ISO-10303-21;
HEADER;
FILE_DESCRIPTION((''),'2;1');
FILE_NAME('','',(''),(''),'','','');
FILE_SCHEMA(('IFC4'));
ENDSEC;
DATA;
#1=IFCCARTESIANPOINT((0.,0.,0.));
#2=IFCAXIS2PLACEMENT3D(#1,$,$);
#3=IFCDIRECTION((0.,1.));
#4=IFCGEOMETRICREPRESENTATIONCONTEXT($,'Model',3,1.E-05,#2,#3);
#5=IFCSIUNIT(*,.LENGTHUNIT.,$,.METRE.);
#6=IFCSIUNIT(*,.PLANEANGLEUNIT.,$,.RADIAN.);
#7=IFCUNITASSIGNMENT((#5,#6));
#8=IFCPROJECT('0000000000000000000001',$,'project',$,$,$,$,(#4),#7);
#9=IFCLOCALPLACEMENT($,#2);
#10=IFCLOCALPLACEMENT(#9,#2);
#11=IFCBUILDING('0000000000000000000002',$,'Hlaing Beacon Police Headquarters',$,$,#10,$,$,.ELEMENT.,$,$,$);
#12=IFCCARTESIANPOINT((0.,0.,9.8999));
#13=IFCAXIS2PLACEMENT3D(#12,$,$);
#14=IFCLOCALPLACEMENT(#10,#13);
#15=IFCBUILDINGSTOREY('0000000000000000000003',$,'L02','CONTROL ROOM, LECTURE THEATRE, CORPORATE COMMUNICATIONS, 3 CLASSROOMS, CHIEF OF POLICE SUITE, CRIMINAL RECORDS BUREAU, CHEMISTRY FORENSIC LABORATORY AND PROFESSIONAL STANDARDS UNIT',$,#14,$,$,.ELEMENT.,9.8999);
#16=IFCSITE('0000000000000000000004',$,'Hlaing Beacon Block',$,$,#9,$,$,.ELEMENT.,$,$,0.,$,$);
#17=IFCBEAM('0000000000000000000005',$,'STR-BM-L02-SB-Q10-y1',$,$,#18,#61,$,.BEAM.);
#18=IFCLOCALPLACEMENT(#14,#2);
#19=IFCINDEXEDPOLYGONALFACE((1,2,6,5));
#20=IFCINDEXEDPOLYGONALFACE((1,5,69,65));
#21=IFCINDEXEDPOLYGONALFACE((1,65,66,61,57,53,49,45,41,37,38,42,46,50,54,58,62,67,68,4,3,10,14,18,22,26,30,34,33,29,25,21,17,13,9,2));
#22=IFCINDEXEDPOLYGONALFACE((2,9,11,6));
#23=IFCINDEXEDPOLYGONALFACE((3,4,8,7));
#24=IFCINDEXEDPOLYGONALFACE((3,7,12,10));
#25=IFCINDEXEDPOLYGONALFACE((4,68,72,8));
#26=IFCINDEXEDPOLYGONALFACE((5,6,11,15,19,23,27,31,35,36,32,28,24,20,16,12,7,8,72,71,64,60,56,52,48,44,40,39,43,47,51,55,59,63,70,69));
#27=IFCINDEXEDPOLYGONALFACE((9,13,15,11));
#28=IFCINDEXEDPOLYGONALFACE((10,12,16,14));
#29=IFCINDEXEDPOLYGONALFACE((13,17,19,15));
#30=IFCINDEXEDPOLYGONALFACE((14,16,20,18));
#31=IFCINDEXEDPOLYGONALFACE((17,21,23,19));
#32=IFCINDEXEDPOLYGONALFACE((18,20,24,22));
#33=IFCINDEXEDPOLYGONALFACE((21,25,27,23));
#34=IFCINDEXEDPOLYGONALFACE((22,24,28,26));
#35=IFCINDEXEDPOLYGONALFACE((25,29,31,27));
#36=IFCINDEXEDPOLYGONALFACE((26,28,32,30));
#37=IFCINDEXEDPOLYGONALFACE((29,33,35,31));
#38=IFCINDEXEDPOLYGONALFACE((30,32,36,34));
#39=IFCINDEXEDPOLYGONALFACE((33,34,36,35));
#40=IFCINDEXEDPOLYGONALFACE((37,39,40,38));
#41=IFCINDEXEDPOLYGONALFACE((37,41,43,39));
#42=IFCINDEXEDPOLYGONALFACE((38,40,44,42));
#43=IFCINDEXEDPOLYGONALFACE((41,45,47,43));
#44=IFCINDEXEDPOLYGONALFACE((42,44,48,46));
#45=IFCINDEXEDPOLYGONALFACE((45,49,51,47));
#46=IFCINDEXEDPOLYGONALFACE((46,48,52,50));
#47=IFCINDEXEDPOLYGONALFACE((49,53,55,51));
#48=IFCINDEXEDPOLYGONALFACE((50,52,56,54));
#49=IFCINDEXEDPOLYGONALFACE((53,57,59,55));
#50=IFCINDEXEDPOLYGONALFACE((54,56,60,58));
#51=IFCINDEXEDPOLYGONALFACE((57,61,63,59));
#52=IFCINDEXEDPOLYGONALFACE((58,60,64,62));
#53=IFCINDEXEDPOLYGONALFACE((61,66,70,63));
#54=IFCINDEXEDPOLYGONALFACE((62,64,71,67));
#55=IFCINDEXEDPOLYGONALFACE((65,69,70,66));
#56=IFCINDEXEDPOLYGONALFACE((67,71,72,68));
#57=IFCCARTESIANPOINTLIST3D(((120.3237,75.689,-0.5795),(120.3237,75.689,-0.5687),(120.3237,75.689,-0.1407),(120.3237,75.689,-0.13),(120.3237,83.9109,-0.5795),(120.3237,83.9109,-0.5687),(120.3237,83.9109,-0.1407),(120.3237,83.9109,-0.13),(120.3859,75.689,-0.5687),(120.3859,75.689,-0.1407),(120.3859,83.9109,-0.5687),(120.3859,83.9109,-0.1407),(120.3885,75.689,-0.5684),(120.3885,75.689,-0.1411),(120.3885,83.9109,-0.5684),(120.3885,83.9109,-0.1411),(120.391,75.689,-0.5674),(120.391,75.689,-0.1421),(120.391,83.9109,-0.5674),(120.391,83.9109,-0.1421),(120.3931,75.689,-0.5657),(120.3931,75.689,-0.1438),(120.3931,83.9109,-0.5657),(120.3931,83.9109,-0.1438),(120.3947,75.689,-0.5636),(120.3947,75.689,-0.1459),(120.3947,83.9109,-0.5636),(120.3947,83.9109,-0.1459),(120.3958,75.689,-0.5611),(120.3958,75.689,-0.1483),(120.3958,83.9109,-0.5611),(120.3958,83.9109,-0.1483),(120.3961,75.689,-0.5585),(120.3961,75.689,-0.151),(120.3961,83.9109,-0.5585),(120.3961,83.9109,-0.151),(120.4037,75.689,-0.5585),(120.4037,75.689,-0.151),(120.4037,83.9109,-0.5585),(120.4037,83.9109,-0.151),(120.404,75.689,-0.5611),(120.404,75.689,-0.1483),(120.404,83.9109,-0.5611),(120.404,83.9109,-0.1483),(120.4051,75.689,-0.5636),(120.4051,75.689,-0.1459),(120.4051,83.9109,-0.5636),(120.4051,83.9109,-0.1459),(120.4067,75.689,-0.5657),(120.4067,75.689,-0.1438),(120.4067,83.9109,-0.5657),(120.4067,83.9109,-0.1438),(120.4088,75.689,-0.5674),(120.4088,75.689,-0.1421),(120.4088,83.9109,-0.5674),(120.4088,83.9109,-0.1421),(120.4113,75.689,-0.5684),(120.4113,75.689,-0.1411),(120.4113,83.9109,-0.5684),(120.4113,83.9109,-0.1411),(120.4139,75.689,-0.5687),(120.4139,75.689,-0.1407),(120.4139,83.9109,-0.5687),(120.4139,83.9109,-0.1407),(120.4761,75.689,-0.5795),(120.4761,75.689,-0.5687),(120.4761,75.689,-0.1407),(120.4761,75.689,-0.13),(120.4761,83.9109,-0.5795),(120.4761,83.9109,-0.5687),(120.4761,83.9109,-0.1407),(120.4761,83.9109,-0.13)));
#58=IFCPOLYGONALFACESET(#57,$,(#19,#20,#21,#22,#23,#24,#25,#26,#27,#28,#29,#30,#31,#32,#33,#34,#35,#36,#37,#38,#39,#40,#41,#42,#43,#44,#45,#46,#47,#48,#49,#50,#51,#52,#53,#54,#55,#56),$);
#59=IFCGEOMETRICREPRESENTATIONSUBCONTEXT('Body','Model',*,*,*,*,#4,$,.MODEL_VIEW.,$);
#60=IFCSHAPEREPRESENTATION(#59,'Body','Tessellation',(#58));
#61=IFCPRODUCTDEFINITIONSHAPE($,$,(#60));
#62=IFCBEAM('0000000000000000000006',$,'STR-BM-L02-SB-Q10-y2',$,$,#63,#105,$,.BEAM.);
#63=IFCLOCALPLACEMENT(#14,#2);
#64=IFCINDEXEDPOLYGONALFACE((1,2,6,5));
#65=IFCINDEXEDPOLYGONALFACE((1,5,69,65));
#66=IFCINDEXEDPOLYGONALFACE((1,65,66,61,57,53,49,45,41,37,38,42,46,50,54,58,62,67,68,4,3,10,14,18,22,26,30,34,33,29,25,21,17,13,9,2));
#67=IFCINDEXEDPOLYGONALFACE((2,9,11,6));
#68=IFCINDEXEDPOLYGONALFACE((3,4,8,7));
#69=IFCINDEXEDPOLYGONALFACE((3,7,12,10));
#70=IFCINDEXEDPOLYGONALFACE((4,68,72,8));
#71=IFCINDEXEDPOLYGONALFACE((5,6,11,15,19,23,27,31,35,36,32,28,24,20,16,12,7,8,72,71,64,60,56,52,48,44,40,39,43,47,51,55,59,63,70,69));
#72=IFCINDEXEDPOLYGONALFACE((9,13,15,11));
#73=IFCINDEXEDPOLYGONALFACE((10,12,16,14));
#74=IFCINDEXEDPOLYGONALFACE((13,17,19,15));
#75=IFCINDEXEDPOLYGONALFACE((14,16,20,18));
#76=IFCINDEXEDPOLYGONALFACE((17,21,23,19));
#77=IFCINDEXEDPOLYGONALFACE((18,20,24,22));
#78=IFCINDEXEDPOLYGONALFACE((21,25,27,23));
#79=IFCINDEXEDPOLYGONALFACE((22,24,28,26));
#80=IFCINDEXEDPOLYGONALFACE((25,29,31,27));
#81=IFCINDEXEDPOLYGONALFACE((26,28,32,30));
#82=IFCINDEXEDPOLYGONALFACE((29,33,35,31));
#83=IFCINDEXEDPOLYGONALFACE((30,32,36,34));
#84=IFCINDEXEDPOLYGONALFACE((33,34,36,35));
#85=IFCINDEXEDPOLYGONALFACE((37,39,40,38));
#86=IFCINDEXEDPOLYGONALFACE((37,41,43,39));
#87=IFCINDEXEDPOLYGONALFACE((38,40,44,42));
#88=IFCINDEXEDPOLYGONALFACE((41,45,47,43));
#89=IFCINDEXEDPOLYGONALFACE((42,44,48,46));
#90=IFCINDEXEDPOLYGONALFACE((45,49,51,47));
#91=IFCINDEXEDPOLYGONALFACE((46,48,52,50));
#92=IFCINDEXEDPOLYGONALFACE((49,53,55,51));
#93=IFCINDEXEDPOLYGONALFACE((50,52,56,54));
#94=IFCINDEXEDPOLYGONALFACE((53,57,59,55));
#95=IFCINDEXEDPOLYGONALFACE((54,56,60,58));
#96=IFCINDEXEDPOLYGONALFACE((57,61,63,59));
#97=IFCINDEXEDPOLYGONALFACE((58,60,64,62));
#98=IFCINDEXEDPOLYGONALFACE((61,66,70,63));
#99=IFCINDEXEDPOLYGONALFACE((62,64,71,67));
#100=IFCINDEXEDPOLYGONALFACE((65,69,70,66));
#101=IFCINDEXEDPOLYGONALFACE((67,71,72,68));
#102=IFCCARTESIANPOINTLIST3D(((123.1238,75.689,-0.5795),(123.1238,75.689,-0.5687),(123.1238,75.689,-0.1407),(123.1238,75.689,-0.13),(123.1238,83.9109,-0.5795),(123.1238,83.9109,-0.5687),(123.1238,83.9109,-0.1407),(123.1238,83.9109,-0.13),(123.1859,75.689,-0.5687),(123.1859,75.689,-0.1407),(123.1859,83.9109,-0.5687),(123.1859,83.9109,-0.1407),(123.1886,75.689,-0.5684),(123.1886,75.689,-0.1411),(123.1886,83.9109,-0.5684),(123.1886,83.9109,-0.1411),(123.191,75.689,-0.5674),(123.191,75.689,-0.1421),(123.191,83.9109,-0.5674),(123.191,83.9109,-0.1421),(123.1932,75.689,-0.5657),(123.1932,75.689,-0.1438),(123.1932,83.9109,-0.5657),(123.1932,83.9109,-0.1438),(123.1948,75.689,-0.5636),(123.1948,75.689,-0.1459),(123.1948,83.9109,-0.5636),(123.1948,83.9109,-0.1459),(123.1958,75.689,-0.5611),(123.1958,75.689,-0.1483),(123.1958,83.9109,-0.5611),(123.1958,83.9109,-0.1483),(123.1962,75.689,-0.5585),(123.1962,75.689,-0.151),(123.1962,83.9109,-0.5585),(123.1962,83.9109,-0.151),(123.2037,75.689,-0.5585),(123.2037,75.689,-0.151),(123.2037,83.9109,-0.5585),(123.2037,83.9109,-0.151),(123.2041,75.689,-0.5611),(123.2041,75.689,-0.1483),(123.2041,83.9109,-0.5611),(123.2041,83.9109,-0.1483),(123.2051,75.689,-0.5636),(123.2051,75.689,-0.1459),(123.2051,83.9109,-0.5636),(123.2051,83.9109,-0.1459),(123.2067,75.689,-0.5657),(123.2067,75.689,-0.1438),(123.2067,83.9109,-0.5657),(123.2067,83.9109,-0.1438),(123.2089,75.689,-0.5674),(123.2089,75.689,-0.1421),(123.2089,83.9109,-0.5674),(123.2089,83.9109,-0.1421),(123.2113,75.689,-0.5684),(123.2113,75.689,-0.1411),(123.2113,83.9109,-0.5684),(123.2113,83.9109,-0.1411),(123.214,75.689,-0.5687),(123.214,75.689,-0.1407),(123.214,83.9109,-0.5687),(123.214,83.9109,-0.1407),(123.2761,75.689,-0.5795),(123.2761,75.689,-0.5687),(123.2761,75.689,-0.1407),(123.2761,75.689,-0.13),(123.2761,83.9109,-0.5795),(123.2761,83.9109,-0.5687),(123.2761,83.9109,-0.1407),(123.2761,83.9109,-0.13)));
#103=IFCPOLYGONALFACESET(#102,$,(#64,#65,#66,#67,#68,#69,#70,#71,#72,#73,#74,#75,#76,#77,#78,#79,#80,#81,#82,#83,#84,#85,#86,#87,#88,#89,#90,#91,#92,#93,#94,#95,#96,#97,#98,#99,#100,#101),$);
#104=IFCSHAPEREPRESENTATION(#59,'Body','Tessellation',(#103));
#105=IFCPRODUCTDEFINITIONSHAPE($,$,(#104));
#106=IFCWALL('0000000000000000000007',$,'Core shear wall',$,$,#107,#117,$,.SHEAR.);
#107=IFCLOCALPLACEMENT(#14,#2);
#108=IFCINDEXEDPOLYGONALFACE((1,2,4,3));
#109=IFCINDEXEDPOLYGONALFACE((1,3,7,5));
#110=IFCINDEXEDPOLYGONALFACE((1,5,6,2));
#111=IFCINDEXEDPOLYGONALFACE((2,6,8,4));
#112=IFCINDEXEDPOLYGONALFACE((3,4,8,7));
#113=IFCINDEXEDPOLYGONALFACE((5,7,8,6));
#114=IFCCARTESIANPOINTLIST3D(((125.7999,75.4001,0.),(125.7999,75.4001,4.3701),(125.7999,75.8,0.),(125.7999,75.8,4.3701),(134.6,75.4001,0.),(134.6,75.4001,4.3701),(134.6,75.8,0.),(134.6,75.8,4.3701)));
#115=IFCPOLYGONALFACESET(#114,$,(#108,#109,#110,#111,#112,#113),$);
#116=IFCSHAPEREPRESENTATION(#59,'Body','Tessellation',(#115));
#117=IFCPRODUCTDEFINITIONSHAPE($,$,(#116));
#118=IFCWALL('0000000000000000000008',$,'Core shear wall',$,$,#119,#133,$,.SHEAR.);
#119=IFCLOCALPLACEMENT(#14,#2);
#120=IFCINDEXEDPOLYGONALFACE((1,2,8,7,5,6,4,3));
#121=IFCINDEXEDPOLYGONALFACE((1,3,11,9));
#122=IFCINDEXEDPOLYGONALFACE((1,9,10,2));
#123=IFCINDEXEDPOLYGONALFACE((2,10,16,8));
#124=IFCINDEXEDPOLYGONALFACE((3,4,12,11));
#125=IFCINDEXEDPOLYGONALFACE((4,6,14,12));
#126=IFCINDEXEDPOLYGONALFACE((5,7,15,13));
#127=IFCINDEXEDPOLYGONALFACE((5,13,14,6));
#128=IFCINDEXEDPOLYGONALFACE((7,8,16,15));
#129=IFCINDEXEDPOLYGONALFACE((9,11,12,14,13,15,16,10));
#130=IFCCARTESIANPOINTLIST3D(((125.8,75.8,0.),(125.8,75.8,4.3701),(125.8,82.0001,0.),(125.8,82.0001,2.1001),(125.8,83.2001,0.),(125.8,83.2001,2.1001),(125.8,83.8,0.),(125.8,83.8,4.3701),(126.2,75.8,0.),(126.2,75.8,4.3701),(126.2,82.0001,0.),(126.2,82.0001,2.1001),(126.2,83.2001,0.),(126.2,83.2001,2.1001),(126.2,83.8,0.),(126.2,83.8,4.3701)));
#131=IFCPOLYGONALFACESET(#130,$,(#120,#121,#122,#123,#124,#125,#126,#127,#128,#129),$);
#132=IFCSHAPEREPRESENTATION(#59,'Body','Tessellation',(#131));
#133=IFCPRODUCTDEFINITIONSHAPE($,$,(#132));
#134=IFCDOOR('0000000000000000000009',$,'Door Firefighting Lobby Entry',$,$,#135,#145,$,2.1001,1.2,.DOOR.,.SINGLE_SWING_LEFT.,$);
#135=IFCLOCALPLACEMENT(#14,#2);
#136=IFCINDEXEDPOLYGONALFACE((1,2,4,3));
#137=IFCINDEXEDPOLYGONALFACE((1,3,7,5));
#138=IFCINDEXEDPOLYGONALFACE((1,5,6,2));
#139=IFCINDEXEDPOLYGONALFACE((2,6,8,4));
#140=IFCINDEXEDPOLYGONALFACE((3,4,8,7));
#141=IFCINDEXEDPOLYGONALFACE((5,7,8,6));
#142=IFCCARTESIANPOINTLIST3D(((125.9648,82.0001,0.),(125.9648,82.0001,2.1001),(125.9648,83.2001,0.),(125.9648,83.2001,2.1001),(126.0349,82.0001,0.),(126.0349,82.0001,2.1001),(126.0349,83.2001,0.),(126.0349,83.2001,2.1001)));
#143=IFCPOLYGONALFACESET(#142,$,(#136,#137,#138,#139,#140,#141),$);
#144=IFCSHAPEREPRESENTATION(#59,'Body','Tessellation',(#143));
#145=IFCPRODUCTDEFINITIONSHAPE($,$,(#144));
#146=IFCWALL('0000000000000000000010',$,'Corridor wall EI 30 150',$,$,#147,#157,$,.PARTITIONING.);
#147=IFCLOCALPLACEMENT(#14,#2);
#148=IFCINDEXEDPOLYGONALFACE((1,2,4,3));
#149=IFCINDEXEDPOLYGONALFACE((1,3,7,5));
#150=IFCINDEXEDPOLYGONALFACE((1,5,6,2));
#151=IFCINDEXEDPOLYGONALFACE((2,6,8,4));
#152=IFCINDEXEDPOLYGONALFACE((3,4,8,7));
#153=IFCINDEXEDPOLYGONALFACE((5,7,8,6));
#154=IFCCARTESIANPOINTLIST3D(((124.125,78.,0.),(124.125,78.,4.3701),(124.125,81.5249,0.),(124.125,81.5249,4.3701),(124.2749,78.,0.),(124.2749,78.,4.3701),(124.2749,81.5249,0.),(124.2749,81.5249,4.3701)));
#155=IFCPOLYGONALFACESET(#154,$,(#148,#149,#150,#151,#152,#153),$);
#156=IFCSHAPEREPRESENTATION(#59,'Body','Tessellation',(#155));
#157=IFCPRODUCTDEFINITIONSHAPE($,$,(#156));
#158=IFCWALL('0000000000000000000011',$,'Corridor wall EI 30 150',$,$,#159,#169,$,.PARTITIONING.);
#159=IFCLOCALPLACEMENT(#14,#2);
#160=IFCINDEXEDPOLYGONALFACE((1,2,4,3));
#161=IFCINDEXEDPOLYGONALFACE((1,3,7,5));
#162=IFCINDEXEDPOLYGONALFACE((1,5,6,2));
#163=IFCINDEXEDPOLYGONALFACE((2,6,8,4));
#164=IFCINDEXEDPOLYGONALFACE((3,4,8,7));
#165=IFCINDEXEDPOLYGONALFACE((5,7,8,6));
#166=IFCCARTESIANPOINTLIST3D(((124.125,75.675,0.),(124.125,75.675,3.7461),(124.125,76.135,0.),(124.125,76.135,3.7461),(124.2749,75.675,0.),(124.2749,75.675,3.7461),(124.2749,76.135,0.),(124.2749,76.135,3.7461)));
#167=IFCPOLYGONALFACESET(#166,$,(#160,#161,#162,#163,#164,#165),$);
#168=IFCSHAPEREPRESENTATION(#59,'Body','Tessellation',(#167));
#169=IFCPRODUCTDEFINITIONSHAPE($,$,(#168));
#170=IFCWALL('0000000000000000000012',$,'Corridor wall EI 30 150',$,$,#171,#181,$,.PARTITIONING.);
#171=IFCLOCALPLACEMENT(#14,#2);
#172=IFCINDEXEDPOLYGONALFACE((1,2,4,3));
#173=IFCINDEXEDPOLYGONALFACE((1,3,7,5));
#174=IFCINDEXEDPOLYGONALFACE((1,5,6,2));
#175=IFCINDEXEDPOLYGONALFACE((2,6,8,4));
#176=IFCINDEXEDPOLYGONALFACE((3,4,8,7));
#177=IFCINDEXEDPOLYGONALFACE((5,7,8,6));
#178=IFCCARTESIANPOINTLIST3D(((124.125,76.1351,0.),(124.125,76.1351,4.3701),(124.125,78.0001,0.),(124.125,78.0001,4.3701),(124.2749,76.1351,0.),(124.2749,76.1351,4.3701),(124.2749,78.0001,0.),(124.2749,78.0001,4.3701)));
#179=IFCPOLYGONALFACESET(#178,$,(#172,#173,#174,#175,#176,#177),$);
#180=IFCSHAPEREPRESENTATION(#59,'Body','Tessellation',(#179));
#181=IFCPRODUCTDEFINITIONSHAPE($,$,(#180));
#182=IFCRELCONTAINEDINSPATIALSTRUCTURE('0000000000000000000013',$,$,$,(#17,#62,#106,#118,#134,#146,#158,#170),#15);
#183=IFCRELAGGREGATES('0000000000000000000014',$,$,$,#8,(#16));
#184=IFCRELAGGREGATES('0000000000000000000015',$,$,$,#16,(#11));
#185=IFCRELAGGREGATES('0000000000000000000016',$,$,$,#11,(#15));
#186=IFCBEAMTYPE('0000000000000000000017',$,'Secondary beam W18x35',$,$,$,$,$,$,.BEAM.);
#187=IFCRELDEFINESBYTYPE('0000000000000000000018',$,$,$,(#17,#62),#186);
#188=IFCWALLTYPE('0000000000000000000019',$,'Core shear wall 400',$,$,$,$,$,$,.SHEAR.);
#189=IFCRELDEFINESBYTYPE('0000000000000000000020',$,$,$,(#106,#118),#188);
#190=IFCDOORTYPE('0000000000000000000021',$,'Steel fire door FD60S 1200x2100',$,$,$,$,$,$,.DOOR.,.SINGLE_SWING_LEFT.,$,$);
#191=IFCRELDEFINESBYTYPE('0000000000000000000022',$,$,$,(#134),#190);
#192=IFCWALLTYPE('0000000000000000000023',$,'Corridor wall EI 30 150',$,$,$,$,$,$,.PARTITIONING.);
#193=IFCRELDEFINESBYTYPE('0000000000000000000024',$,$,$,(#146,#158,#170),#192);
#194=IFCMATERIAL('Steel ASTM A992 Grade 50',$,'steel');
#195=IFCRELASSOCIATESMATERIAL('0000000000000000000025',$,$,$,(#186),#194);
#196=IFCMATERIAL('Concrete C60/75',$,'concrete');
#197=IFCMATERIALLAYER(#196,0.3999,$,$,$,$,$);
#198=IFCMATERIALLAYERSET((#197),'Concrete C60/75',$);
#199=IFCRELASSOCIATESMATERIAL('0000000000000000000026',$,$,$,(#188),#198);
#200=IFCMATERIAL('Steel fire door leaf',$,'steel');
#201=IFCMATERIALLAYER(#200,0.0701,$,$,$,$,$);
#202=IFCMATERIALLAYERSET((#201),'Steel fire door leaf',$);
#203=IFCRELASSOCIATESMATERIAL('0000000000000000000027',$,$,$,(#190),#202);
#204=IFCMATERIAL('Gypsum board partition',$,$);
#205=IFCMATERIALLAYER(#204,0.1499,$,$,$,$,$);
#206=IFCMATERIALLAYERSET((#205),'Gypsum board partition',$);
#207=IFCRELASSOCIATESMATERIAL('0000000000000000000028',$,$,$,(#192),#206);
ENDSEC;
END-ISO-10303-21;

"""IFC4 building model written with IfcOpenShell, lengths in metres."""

from ifc_helpers import new_model, si_unit, direction, frame, frame_2d, origin, origin_2d, place, context, subcontext, project, spatial, rectangle, i_section, extrude, material, layer, layer_set, material_profile, profile_set, type_object, element, fill, save


model = new_model("IFC4")

# Units and contexts
model_context = context("Model", 3, precision=1e-05, world=origin(), true_north=direction((0.0, 1.0)))
body_context = subcontext(model_context, "Body", "Model", "MODEL_VIEW")
ifc_project = project(units=[si_unit("LENGTHUNIT", "METRE"), si_unit("PLANEANGLEUNIT", "RADIAN")], contexts=[model_context])

# Site, building, storey
site_placement = place(None, origin())
site = spatial("IfcSite", under=ifc_project, at=site_placement, Name="Hlaing Beacon Block", CompositionType="ELEMENT", RefElevation=0.0)
building_placement = place(site_placement, origin())
building = spatial("IfcBuilding", under=site, at=building_placement, Name="Hlaing Beacon Police Headquarters", CompositionType="ELEMENT")
storey_placement = place(building_placement, frame((0.0, 0.0, 9.8999)))
storey = spatial("IfcBuildingStorey", under=building, at=storey_placement, Name="L02", Description="CONTROL ROOM, LECTURE THEATRE, CORPORATE COMMUNICATIONS, 3 CLASSROOMS, CHIEF OF POLICE SUITE, CRIMINAL RECORDS BUREAU, CHEMISTRY FORENSIC LABORATORY AND PROFESSIONAL STANDARDS UNIT", CompositionType="ELEMENT", Elevation=9.8999)

# Beams
ifc_material_1 = material(Name="Steel ASTM A992 Grade 50", Category="steel")
ifc_material_profile = material_profile(ifc_material_1, i_section(OverallWidth=0.1523, OverallDepth=0.4495, WebThickness=0.0076, FlangeThickness=0.0107, FilletRadius=0.0103, at=origin_2d()), Name="W18x35")
ifc_profile_set = profile_set([ifc_material_profile], Name="Steel ASTM A992 Grade 50")
beam_type = type_object("IfcBeamType", Name="Secondary beam W18x35", PredefinedType="BEAM", material=ifc_profile_set)
for number, where, z_axis, x_axis, name in (
    (1, (120.3999, 75.689, -0.3547), (0.0, 1.0, 0.0), (-1.0, 0.0, 0.0), "STR-BM-L02-SB-Q10-y1"),
    (2, (123.2, 75.689, -0.3547), (0.0, 1.0, 0.0), (-1.0, 0.0, 0.0), "STR-BM-L02-SB-Q10-y2"),
):
    element("IfcBeam", number, at=place(storey_placement, frame(where, z_axis=z_axis, x_axis=x_axis)), inside=storey, type_object=beam_type, Name=name, PredefinedType="BEAM", context=body_context, shape_type="SweptSolid", body=[
        extrude(i_section(OverallWidth=0.1523, OverallDepth=0.4495, WebThickness=0.0076, FlangeThickness=0.0107, FilletRadius=0.0103, at=origin_2d()), origin(), (0.0, 0.0, 1.0), 8.2219),
    ])

# Wall
ifc_material_2 = material(Name="Concrete C60/75", Category="concrete")
ifc_layer_1 = layer(ifc_material_2, 0.3999)
ifc_layer_set_1 = layer_set([ifc_layer_1], Name="Concrete C60/75")
wall_type_1 = type_object("IfcWallType", Name="Core shear wall 400", PredefinedType="SHEAR", material=ifc_layer_set_1)
wall_1_placement = place(storey_placement, frame((125.8, 75.6001, 0.0), z_axis=(0.0, 0.0, 1.0), x_axis=(1.0, 0.0, 0.0)))
element("IfcWall", 3, at=wall_1_placement, inside=storey, type_object=wall_type_1, Name="Core shear wall", PredefinedType="SHEAR", context=body_context, shape_type="SweptSolid", body=[
    extrude(rectangle(XDim=8.8, YDim=0.3999, at=frame_2d((4.3999, 0.0))), origin(), (0.0, 0.0, 1.0), 4.3701),
])

# Wall, opening, door
wall_2_placement = place(storey_placement, frame((126.0, 75.8, 0.0), z_axis=(0.0, 0.0, 1.0), x_axis=(0.0, 1.0, 0.0)))
wall_2 = element("IfcWall", 4, at=wall_2_placement, inside=storey, type_object=wall_type_1, Name="Core shear wall", PredefinedType="SHEAR", context=body_context, shape_type="SweptSolid", body=[
    extrude(rectangle(XDim=8.0, YDim=0.3999, at=frame_2d((4.0, 0.0))), origin(), (0.0, 0.0, 1.0), 4.3701),
])
opening_1_placement = place(wall_2_placement, frame((6.2, 0.0, 0.0)))
opening_1 = element("IfcOpeningElement", 5, at=opening_1_placement, cuts=wall_2, PredefinedType="OPENING", context=body_context, shape_type="SweptSolid", body=[
    extrude(rectangle(XDim=1.2, YDim=2.1001, at=frame_2d((0.6001, 1.05))), frame((0.0, 0.21, 0.0), z_axis=(0.0, -1.0, 0.0), x_axis=(1.0, 0.0, 0.0)), (0.0, 0.0, 1.0), 0.4199),
])
ifc_material_3 = material(Name="Steel fire door leaf", Category="steel")
ifc_layer_2 = layer(ifc_material_3, 0.0701)
ifc_layer_set_2 = layer_set([ifc_layer_2], Name="Steel fire door leaf")
door_type_1 = type_object("IfcDoorType", Name="Steel fire door FD60S 1200x2100", OperationType="SINGLE_SWING_LEFT", PredefinedType="DOOR", material=ifc_layer_set_2)
door_1_placement = place(opening_1_placement, frame((1.2, 0.0, 0.0), z_axis=(0.0, 0.0, 1.0), x_axis=(-1.0, 0.0, 0.0)))
door_1 = element("IfcDoor", 6, at=door_1_placement, inside=storey, type_object=door_type_1, Name="Door Firefighting Lobby Entry", OperationType="SINGLE_SWING_LEFT", OverallHeight=2.1001, OverallWidth=1.2, PredefinedType="DOOR", context=body_context, shape_type="SweptSolid", body=[
    extrude(rectangle(XDim=1.2, YDim=2.1001, at=frame_2d((0.5999, 1.05))), frame((0.0, 0.0349, 0.0), z_axis=(0.0, -1.0, 0.0), x_axis=(1.0, 0.0, 0.0)), (0.0, 0.0, 1.0), 0.0701),
])
fill(opening_1, door_1)

# Walls
ifc_material_4 = material(Name="Gypsum board partition")
ifc_layer_3 = layer(ifc_material_4, 0.1499)
ifc_layer_set_3 = layer_set([ifc_layer_3], Name="Gypsum board partition")
wall_type_2 = type_object("IfcWallType", Name="Corridor wall EI 30 150", PredefinedType="PARTITIONING", material=ifc_layer_set_3)
wall_3_placement = place(storey_placement, frame((124.2, 78.0, 0.0), z_axis=(0.0, 0.0, 1.0), x_axis=(0.0, 1.0, 0.0)))
element("IfcWall", 7, at=wall_3_placement, inside=storey, type_object=wall_type_2, Name="Corridor wall EI 30 150", PredefinedType="PARTITIONING", context=body_context, shape_type="SweptSolid", body=[
    extrude(rectangle(XDim=3.5249, YDim=0.1499, at=frame_2d((1.7625, 0.0))), origin(), (0.0, 0.0, 1.0), 4.3701),
])
wall_4_placement = place(storey_placement, frame((124.2, 75.675, 0.0), z_axis=(0.0, 0.0, 1.0), x_axis=(0.0, 1.0, 0.0)))
element("IfcWall", 8, at=wall_4_placement, inside=storey, type_object=wall_type_2, Name="Corridor wall EI 30 150", PredefinedType="PARTITIONING", context=body_context, shape_type="SweptSolid", body=[
    extrude(rectangle(XDim=0.46, YDim=0.1499, at=frame_2d((0.23, 0.0))), origin(), (0.0, 0.0, 1.0), 3.7461),
])
wall_5_placement = place(storey_placement, frame((124.2, 76.135, 0.0), z_axis=(0.0, 0.0, 1.0), x_axis=(0.0, 1.0, 0.0)))
element("IfcWall", 9, at=wall_5_placement, inside=storey, type_object=wall_type_2, Name="Corridor wall EI 30 150", PredefinedType="PARTITIONING", context=body_context, shape_type="SweptSolid", body=[
    extrude(rectangle(XDim=1.865, YDim=0.1499, at=frame_2d((0.9326, 0.0))), origin(), (0.0, 0.0, 1.0), 4.3701),
])

save(model, "model.ifc")
